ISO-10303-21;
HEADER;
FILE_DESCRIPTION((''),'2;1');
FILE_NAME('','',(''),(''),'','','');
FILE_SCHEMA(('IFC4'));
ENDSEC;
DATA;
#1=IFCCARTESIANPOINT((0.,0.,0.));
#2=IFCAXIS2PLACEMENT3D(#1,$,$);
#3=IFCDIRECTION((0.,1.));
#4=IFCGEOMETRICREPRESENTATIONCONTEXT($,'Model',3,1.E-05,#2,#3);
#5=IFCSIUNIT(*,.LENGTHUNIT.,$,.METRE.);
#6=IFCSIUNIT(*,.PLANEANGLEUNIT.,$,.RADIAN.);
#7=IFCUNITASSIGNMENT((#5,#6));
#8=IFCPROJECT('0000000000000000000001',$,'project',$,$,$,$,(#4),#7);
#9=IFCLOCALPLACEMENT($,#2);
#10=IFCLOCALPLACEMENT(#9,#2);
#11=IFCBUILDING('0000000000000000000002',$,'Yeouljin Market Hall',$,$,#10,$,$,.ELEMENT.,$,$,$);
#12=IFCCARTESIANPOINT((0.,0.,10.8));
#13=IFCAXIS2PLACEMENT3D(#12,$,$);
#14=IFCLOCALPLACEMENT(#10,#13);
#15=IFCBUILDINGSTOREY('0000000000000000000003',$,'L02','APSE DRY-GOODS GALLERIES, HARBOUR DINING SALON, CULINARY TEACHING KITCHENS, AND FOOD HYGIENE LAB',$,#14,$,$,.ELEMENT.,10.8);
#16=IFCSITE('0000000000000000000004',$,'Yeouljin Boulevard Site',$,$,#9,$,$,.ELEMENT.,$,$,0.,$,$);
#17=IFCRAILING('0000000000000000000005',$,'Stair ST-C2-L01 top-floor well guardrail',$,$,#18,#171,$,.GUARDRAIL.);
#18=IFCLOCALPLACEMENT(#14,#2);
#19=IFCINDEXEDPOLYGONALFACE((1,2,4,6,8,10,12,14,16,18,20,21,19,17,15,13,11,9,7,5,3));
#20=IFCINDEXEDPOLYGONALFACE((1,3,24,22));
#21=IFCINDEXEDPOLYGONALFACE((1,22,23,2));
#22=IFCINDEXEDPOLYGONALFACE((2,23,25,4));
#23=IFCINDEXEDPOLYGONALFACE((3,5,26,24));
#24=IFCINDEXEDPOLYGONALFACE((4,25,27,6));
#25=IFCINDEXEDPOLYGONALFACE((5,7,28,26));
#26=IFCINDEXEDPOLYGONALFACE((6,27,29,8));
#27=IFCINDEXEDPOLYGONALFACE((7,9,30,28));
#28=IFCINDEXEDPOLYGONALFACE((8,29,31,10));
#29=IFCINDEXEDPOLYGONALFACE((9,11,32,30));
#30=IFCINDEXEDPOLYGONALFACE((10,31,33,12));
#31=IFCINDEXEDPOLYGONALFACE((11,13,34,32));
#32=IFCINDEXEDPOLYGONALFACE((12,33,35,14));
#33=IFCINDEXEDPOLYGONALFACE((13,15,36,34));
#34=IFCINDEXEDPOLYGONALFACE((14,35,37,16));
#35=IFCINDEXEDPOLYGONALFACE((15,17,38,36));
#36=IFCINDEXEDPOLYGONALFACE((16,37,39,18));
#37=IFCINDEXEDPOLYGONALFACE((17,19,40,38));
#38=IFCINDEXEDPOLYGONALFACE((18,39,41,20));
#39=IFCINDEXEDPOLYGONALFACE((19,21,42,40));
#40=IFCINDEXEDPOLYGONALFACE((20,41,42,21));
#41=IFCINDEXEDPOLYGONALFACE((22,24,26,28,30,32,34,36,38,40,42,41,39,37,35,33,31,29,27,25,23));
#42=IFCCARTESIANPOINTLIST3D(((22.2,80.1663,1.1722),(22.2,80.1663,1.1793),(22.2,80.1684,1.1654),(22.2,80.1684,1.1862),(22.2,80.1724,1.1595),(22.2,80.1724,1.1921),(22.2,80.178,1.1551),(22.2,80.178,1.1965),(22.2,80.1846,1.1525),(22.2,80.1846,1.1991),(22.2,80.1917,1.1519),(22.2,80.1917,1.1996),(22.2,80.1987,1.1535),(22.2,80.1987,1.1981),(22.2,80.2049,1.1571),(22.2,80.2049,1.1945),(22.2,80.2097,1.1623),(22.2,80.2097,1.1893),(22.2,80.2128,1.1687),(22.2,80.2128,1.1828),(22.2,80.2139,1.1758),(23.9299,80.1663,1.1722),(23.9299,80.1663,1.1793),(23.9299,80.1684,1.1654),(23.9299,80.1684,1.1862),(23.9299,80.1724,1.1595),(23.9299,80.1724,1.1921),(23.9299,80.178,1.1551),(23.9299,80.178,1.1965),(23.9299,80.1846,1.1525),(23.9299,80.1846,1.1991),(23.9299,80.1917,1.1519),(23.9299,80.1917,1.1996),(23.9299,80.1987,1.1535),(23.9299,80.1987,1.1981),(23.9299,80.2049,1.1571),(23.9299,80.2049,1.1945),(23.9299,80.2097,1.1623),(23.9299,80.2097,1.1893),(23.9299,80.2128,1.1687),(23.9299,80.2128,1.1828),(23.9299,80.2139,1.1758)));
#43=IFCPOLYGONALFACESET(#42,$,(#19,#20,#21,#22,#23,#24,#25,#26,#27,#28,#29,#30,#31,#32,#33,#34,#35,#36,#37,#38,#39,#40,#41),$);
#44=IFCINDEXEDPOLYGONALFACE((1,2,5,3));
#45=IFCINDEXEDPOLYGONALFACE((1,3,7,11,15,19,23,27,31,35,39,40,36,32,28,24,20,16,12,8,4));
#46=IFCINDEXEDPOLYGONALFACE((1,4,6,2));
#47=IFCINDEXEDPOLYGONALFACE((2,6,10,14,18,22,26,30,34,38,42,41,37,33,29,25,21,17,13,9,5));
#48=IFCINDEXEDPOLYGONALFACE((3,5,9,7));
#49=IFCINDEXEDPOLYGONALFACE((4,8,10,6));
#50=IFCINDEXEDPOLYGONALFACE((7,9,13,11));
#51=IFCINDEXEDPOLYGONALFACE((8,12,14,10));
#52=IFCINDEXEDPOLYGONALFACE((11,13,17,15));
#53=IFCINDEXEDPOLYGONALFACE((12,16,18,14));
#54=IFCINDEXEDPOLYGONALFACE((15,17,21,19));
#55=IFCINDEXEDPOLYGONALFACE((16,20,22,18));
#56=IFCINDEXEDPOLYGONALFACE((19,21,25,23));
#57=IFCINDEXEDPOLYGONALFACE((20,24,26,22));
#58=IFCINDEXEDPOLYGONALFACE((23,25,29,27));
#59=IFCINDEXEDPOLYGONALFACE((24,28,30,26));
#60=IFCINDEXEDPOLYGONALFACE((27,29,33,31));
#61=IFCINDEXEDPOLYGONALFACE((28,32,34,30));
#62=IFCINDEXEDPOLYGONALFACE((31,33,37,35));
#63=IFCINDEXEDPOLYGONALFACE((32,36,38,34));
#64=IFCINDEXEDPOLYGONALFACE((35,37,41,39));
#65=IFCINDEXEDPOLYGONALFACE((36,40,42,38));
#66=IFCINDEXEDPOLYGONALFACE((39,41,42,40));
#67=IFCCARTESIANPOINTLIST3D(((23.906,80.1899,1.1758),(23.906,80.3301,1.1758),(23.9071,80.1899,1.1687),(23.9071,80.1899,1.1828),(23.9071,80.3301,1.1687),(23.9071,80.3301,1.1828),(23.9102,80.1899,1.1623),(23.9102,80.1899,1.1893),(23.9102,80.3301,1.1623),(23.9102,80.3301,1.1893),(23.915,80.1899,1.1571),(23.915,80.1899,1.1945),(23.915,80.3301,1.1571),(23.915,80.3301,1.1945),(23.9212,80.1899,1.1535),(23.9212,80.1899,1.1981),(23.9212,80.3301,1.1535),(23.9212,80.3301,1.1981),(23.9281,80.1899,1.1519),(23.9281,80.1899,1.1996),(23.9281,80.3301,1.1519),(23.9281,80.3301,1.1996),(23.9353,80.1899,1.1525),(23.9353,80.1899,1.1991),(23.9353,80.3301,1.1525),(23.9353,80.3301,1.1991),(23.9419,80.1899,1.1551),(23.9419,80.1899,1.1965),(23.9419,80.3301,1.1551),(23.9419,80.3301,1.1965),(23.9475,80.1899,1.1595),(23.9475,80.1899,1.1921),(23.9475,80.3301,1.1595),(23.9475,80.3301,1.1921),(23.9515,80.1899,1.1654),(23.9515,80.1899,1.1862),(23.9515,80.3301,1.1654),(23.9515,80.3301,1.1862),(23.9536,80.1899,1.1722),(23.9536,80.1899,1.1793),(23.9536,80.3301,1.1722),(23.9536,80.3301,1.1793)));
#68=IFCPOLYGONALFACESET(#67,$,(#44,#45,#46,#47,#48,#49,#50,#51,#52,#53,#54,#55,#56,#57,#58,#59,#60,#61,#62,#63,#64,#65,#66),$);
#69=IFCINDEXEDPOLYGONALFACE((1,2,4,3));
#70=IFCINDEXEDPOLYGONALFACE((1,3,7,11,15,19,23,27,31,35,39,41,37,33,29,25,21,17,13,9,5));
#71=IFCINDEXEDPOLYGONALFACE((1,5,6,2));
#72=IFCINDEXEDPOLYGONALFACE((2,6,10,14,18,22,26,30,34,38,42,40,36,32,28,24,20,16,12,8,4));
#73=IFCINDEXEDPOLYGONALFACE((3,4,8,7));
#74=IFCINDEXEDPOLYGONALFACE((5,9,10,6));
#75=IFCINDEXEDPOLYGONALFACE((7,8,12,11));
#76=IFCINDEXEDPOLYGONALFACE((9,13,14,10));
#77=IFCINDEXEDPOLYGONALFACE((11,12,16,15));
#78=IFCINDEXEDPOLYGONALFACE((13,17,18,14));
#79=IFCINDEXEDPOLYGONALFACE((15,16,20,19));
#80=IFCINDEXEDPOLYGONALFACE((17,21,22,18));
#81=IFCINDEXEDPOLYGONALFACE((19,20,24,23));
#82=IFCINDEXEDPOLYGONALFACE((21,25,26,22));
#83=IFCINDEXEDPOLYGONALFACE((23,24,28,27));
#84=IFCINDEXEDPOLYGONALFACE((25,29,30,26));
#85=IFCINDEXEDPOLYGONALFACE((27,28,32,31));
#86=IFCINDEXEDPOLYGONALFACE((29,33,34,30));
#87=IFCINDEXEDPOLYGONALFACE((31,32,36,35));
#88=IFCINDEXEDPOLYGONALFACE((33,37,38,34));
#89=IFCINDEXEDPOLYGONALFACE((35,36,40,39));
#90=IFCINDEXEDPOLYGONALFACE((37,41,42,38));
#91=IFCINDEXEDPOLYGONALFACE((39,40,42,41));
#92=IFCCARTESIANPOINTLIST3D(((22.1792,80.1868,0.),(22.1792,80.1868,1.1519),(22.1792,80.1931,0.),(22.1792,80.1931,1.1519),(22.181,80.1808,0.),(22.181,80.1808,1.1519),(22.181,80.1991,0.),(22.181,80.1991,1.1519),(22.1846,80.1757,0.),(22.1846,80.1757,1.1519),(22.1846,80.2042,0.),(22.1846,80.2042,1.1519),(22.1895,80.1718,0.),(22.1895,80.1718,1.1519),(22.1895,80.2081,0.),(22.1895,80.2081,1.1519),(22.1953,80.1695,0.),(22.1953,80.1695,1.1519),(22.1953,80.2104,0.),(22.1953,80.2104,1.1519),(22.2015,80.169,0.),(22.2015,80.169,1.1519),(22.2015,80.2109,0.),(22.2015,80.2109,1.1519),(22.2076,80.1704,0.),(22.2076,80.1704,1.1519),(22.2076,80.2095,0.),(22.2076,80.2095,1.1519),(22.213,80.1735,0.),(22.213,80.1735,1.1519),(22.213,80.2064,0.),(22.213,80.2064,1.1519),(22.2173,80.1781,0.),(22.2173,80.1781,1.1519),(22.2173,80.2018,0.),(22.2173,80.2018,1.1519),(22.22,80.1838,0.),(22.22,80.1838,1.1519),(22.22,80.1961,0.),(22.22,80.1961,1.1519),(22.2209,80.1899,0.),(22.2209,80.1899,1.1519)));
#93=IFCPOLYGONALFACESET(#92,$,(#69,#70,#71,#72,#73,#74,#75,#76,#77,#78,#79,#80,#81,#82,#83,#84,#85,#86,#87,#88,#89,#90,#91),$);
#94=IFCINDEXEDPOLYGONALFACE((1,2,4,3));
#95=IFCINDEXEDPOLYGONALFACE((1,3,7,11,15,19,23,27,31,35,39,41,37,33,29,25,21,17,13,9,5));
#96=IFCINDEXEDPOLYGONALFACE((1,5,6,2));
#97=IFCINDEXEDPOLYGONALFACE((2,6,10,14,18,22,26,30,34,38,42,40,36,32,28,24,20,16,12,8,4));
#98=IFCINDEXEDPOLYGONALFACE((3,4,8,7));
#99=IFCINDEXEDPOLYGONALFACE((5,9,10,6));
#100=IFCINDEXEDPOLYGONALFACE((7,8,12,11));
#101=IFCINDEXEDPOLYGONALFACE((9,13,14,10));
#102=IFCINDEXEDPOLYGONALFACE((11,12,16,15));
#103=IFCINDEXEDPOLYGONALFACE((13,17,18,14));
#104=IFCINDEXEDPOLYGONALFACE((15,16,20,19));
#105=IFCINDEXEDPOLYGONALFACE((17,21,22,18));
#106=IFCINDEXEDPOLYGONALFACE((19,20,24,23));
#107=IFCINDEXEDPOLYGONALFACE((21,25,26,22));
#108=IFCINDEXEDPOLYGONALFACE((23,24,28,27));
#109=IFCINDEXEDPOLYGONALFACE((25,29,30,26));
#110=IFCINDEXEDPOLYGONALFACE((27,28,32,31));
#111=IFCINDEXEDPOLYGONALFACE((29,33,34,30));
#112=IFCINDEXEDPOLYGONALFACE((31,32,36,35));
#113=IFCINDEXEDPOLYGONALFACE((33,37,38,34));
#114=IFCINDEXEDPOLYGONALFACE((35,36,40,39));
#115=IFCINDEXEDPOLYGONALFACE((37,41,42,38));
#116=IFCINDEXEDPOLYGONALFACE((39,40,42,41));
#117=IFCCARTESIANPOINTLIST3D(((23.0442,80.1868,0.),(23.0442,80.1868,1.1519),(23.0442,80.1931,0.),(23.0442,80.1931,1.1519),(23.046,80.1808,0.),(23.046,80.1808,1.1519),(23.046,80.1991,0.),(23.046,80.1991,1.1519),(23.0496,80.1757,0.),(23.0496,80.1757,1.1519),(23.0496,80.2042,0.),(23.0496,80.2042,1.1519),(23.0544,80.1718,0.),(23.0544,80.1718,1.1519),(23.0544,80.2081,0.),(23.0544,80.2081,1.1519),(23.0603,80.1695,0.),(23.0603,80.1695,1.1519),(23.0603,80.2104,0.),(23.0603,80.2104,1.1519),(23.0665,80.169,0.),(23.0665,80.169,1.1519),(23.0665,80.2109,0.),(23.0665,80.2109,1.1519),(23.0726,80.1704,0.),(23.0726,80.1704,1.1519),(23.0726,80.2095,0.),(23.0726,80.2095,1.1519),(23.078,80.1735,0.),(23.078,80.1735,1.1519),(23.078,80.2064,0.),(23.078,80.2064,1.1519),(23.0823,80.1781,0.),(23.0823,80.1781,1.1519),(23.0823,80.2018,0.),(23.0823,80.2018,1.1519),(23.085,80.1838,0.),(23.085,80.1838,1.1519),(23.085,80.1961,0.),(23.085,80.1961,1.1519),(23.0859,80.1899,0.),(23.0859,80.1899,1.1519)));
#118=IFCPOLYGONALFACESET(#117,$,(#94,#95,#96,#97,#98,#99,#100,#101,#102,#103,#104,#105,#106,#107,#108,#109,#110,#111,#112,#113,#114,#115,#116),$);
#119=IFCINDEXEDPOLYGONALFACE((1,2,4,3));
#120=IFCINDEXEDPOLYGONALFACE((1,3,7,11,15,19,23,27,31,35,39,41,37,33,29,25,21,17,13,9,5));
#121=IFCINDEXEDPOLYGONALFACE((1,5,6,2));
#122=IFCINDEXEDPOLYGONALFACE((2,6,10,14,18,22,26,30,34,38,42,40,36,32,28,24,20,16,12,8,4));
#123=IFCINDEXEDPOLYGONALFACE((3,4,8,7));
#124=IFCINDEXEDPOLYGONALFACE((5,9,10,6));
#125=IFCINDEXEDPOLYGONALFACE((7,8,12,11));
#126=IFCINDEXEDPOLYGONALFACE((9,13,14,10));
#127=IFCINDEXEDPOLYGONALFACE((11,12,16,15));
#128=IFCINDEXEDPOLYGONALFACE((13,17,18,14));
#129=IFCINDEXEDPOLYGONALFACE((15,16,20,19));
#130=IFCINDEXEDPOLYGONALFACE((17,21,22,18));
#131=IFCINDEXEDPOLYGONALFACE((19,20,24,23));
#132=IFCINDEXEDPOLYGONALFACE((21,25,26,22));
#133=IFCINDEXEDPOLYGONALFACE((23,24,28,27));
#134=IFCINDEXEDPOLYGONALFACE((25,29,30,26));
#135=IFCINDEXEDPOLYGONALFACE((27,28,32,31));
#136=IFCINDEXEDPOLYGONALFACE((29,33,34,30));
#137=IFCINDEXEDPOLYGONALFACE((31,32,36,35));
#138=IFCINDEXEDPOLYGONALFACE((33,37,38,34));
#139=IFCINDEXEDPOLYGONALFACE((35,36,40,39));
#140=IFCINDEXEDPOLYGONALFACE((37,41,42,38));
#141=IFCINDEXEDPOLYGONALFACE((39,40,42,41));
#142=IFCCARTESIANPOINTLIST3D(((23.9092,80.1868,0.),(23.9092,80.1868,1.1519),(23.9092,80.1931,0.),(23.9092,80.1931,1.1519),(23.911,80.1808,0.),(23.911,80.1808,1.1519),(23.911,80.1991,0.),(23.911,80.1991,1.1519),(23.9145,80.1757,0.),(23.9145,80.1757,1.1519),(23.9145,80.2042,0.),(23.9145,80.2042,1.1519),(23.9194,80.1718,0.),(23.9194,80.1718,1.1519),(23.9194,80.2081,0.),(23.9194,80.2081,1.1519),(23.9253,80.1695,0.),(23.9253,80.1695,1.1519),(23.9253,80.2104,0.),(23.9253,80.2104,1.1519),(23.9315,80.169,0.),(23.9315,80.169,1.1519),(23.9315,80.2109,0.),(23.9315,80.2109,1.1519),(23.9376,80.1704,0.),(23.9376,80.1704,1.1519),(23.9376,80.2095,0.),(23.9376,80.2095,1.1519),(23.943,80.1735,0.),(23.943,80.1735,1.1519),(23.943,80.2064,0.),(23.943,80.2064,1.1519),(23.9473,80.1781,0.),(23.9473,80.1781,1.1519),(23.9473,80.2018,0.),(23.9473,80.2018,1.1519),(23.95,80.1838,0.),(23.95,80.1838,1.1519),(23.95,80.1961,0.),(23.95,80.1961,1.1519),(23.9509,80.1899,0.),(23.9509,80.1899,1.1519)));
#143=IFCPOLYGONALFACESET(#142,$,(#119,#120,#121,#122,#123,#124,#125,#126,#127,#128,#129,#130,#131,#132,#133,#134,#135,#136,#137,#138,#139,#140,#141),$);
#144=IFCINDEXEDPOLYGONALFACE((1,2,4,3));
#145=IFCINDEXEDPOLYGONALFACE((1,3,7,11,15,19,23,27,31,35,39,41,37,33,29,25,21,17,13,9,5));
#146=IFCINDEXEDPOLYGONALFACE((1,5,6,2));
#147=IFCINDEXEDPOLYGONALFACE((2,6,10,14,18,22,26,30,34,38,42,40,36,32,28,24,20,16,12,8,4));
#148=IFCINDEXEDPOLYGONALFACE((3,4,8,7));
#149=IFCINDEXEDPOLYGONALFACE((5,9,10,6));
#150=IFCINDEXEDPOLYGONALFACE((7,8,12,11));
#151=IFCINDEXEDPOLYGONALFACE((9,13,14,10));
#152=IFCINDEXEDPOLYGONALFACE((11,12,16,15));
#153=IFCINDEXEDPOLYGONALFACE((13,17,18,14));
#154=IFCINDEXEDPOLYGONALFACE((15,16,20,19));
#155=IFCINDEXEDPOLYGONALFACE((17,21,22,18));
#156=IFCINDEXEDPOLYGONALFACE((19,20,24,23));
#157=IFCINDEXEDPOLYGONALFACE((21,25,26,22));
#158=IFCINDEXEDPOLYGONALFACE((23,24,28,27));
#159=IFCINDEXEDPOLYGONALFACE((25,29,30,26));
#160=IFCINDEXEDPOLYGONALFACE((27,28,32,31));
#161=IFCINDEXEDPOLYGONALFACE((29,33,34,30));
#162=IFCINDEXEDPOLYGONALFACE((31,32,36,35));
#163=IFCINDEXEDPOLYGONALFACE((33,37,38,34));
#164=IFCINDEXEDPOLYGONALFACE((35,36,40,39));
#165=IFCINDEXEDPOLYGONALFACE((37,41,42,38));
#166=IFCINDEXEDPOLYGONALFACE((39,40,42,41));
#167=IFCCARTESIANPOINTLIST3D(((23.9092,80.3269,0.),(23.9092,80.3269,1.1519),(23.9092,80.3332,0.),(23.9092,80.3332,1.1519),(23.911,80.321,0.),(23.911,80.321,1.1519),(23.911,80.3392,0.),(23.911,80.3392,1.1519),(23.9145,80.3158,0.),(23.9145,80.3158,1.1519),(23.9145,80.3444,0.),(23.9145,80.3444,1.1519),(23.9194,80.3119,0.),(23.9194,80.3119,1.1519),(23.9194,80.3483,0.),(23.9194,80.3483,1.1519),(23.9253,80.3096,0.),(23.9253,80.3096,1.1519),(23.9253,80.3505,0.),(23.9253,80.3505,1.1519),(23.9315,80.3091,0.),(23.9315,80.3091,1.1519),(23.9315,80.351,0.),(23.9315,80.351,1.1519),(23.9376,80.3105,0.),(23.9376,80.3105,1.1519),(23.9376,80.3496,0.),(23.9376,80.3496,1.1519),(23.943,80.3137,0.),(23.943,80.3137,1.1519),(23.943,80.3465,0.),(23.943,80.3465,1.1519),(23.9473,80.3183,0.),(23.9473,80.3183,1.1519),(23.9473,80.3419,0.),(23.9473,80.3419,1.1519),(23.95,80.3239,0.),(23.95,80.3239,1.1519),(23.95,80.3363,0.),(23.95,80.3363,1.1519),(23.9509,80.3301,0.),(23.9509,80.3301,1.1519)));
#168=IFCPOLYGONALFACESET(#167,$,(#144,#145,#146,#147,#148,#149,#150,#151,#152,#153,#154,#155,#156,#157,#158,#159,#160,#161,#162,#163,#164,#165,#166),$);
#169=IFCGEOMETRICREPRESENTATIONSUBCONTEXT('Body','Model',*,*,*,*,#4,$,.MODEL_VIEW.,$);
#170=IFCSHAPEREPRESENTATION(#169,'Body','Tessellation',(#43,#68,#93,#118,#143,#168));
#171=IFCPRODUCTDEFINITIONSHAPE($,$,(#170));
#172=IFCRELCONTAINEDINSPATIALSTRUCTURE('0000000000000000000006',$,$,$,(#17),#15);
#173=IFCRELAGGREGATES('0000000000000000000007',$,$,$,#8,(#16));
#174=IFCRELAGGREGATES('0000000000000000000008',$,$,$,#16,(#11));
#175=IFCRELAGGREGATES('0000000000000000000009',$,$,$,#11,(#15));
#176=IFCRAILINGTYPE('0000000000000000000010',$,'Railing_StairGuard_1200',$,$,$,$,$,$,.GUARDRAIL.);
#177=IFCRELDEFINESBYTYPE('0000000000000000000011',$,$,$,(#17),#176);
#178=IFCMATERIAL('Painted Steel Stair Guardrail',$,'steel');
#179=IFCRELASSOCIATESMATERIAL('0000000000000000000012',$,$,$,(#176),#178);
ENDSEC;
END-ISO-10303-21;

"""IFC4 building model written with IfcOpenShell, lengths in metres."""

from ifc_helpers import new_model, si_unit, direction, frame, origin, origin_2d, place, context, subcontext, project, spatial, circle, extrude, material, type_object, element, save


model = new_model("IFC4")

# Units and contexts
model_context = context("Model", 3, precision=1e-05, world=origin(), true_north=direction((0.0, 1.0)))
body_context = subcontext(model_context, "Body", "Model", "MODEL_VIEW")
ifc_project = project(units=[si_unit("LENGTHUNIT", "METRE"), si_unit("PLANEANGLEUNIT", "RADIAN")], contexts=[model_context])

# Site, building, storey
site_placement = place(None, origin())
site = spatial("IfcSite", under=ifc_project, at=site_placement, Name="Yeouljin Boulevard Site", CompositionType="ELEMENT", RefElevation=0.0)
building_placement = place(site_placement, origin())
building = spatial("IfcBuilding", under=site, at=building_placement, Name="Yeouljin Market Hall", CompositionType="ELEMENT")
storey_placement = place(building_placement, frame((0.0, 0.0, 10.8)))
storey = spatial("IfcBuildingStorey", under=building, at=storey_placement, Name="L02", Description="APSE DRY-GOODS GALLERIES, HARBOUR DINING SALON, CULINARY TEACHING KITCHENS, AND FOOD HYGIENE LAB", CompositionType="ELEMENT", Elevation=10.8)

# Railing
ifc_material_1 = material(Name="Painted Steel Stair Guardrail", Category="steel")
railing_type_1 = type_object("IfcRailingType", Name="Railing_StairGuard_1200", PredefinedType="GUARDRAIL", material=ifc_material_1)
railing_1_placement = place(storey_placement, frame((22.2, 80.1899, 0.0)))
element("IfcRailing", 1, at=railing_1_placement, inside=storey, type_object=railing_type_1, Name="Stair ST-C2-L01 top-floor well guardrail", PredefinedType="GUARDRAIL", context=body_context, shape_type="SweptSolid", body=[
    extrude(circle(Radius=0.0239, at=origin_2d()), frame((0.0, 0.0, 1.1758), z_axis=(1.0, 0.0, 0.0), x_axis=(0.0, 1.0, 0.0)), (0.0, 0.0, 1.0), 1.73),
    extrude(circle(Radius=0.0239, at=origin_2d()), frame((1.73, 0.0, 1.1758), z_axis=(0.0, 1.0, 0.0), x_axis=(-1.0, 0.0, 0.0)), (0.0, 0.0, 1.0), 0.1401),
    extrude(circle(Radius=0.021, at=origin_2d()), origin(), (0.0, 0.0, 1.0), 1.1519),
    extrude(circle(Radius=0.021, at=origin_2d()), frame((0.865, 0.0, 0.0)), (0.0, 0.0, 1.0), 1.1519),
    extrude(circle(Radius=0.021, at=origin_2d()), frame((1.73, 0.0, 0.0)), (0.0, 0.0, 1.0), 1.1519),
    extrude(circle(Radius=0.021, at=origin_2d()), frame((1.73, 0.1401, 0.0)), (0.0, 0.0, 1.0), 1.1519),
])

save(model, "model.ifc")
